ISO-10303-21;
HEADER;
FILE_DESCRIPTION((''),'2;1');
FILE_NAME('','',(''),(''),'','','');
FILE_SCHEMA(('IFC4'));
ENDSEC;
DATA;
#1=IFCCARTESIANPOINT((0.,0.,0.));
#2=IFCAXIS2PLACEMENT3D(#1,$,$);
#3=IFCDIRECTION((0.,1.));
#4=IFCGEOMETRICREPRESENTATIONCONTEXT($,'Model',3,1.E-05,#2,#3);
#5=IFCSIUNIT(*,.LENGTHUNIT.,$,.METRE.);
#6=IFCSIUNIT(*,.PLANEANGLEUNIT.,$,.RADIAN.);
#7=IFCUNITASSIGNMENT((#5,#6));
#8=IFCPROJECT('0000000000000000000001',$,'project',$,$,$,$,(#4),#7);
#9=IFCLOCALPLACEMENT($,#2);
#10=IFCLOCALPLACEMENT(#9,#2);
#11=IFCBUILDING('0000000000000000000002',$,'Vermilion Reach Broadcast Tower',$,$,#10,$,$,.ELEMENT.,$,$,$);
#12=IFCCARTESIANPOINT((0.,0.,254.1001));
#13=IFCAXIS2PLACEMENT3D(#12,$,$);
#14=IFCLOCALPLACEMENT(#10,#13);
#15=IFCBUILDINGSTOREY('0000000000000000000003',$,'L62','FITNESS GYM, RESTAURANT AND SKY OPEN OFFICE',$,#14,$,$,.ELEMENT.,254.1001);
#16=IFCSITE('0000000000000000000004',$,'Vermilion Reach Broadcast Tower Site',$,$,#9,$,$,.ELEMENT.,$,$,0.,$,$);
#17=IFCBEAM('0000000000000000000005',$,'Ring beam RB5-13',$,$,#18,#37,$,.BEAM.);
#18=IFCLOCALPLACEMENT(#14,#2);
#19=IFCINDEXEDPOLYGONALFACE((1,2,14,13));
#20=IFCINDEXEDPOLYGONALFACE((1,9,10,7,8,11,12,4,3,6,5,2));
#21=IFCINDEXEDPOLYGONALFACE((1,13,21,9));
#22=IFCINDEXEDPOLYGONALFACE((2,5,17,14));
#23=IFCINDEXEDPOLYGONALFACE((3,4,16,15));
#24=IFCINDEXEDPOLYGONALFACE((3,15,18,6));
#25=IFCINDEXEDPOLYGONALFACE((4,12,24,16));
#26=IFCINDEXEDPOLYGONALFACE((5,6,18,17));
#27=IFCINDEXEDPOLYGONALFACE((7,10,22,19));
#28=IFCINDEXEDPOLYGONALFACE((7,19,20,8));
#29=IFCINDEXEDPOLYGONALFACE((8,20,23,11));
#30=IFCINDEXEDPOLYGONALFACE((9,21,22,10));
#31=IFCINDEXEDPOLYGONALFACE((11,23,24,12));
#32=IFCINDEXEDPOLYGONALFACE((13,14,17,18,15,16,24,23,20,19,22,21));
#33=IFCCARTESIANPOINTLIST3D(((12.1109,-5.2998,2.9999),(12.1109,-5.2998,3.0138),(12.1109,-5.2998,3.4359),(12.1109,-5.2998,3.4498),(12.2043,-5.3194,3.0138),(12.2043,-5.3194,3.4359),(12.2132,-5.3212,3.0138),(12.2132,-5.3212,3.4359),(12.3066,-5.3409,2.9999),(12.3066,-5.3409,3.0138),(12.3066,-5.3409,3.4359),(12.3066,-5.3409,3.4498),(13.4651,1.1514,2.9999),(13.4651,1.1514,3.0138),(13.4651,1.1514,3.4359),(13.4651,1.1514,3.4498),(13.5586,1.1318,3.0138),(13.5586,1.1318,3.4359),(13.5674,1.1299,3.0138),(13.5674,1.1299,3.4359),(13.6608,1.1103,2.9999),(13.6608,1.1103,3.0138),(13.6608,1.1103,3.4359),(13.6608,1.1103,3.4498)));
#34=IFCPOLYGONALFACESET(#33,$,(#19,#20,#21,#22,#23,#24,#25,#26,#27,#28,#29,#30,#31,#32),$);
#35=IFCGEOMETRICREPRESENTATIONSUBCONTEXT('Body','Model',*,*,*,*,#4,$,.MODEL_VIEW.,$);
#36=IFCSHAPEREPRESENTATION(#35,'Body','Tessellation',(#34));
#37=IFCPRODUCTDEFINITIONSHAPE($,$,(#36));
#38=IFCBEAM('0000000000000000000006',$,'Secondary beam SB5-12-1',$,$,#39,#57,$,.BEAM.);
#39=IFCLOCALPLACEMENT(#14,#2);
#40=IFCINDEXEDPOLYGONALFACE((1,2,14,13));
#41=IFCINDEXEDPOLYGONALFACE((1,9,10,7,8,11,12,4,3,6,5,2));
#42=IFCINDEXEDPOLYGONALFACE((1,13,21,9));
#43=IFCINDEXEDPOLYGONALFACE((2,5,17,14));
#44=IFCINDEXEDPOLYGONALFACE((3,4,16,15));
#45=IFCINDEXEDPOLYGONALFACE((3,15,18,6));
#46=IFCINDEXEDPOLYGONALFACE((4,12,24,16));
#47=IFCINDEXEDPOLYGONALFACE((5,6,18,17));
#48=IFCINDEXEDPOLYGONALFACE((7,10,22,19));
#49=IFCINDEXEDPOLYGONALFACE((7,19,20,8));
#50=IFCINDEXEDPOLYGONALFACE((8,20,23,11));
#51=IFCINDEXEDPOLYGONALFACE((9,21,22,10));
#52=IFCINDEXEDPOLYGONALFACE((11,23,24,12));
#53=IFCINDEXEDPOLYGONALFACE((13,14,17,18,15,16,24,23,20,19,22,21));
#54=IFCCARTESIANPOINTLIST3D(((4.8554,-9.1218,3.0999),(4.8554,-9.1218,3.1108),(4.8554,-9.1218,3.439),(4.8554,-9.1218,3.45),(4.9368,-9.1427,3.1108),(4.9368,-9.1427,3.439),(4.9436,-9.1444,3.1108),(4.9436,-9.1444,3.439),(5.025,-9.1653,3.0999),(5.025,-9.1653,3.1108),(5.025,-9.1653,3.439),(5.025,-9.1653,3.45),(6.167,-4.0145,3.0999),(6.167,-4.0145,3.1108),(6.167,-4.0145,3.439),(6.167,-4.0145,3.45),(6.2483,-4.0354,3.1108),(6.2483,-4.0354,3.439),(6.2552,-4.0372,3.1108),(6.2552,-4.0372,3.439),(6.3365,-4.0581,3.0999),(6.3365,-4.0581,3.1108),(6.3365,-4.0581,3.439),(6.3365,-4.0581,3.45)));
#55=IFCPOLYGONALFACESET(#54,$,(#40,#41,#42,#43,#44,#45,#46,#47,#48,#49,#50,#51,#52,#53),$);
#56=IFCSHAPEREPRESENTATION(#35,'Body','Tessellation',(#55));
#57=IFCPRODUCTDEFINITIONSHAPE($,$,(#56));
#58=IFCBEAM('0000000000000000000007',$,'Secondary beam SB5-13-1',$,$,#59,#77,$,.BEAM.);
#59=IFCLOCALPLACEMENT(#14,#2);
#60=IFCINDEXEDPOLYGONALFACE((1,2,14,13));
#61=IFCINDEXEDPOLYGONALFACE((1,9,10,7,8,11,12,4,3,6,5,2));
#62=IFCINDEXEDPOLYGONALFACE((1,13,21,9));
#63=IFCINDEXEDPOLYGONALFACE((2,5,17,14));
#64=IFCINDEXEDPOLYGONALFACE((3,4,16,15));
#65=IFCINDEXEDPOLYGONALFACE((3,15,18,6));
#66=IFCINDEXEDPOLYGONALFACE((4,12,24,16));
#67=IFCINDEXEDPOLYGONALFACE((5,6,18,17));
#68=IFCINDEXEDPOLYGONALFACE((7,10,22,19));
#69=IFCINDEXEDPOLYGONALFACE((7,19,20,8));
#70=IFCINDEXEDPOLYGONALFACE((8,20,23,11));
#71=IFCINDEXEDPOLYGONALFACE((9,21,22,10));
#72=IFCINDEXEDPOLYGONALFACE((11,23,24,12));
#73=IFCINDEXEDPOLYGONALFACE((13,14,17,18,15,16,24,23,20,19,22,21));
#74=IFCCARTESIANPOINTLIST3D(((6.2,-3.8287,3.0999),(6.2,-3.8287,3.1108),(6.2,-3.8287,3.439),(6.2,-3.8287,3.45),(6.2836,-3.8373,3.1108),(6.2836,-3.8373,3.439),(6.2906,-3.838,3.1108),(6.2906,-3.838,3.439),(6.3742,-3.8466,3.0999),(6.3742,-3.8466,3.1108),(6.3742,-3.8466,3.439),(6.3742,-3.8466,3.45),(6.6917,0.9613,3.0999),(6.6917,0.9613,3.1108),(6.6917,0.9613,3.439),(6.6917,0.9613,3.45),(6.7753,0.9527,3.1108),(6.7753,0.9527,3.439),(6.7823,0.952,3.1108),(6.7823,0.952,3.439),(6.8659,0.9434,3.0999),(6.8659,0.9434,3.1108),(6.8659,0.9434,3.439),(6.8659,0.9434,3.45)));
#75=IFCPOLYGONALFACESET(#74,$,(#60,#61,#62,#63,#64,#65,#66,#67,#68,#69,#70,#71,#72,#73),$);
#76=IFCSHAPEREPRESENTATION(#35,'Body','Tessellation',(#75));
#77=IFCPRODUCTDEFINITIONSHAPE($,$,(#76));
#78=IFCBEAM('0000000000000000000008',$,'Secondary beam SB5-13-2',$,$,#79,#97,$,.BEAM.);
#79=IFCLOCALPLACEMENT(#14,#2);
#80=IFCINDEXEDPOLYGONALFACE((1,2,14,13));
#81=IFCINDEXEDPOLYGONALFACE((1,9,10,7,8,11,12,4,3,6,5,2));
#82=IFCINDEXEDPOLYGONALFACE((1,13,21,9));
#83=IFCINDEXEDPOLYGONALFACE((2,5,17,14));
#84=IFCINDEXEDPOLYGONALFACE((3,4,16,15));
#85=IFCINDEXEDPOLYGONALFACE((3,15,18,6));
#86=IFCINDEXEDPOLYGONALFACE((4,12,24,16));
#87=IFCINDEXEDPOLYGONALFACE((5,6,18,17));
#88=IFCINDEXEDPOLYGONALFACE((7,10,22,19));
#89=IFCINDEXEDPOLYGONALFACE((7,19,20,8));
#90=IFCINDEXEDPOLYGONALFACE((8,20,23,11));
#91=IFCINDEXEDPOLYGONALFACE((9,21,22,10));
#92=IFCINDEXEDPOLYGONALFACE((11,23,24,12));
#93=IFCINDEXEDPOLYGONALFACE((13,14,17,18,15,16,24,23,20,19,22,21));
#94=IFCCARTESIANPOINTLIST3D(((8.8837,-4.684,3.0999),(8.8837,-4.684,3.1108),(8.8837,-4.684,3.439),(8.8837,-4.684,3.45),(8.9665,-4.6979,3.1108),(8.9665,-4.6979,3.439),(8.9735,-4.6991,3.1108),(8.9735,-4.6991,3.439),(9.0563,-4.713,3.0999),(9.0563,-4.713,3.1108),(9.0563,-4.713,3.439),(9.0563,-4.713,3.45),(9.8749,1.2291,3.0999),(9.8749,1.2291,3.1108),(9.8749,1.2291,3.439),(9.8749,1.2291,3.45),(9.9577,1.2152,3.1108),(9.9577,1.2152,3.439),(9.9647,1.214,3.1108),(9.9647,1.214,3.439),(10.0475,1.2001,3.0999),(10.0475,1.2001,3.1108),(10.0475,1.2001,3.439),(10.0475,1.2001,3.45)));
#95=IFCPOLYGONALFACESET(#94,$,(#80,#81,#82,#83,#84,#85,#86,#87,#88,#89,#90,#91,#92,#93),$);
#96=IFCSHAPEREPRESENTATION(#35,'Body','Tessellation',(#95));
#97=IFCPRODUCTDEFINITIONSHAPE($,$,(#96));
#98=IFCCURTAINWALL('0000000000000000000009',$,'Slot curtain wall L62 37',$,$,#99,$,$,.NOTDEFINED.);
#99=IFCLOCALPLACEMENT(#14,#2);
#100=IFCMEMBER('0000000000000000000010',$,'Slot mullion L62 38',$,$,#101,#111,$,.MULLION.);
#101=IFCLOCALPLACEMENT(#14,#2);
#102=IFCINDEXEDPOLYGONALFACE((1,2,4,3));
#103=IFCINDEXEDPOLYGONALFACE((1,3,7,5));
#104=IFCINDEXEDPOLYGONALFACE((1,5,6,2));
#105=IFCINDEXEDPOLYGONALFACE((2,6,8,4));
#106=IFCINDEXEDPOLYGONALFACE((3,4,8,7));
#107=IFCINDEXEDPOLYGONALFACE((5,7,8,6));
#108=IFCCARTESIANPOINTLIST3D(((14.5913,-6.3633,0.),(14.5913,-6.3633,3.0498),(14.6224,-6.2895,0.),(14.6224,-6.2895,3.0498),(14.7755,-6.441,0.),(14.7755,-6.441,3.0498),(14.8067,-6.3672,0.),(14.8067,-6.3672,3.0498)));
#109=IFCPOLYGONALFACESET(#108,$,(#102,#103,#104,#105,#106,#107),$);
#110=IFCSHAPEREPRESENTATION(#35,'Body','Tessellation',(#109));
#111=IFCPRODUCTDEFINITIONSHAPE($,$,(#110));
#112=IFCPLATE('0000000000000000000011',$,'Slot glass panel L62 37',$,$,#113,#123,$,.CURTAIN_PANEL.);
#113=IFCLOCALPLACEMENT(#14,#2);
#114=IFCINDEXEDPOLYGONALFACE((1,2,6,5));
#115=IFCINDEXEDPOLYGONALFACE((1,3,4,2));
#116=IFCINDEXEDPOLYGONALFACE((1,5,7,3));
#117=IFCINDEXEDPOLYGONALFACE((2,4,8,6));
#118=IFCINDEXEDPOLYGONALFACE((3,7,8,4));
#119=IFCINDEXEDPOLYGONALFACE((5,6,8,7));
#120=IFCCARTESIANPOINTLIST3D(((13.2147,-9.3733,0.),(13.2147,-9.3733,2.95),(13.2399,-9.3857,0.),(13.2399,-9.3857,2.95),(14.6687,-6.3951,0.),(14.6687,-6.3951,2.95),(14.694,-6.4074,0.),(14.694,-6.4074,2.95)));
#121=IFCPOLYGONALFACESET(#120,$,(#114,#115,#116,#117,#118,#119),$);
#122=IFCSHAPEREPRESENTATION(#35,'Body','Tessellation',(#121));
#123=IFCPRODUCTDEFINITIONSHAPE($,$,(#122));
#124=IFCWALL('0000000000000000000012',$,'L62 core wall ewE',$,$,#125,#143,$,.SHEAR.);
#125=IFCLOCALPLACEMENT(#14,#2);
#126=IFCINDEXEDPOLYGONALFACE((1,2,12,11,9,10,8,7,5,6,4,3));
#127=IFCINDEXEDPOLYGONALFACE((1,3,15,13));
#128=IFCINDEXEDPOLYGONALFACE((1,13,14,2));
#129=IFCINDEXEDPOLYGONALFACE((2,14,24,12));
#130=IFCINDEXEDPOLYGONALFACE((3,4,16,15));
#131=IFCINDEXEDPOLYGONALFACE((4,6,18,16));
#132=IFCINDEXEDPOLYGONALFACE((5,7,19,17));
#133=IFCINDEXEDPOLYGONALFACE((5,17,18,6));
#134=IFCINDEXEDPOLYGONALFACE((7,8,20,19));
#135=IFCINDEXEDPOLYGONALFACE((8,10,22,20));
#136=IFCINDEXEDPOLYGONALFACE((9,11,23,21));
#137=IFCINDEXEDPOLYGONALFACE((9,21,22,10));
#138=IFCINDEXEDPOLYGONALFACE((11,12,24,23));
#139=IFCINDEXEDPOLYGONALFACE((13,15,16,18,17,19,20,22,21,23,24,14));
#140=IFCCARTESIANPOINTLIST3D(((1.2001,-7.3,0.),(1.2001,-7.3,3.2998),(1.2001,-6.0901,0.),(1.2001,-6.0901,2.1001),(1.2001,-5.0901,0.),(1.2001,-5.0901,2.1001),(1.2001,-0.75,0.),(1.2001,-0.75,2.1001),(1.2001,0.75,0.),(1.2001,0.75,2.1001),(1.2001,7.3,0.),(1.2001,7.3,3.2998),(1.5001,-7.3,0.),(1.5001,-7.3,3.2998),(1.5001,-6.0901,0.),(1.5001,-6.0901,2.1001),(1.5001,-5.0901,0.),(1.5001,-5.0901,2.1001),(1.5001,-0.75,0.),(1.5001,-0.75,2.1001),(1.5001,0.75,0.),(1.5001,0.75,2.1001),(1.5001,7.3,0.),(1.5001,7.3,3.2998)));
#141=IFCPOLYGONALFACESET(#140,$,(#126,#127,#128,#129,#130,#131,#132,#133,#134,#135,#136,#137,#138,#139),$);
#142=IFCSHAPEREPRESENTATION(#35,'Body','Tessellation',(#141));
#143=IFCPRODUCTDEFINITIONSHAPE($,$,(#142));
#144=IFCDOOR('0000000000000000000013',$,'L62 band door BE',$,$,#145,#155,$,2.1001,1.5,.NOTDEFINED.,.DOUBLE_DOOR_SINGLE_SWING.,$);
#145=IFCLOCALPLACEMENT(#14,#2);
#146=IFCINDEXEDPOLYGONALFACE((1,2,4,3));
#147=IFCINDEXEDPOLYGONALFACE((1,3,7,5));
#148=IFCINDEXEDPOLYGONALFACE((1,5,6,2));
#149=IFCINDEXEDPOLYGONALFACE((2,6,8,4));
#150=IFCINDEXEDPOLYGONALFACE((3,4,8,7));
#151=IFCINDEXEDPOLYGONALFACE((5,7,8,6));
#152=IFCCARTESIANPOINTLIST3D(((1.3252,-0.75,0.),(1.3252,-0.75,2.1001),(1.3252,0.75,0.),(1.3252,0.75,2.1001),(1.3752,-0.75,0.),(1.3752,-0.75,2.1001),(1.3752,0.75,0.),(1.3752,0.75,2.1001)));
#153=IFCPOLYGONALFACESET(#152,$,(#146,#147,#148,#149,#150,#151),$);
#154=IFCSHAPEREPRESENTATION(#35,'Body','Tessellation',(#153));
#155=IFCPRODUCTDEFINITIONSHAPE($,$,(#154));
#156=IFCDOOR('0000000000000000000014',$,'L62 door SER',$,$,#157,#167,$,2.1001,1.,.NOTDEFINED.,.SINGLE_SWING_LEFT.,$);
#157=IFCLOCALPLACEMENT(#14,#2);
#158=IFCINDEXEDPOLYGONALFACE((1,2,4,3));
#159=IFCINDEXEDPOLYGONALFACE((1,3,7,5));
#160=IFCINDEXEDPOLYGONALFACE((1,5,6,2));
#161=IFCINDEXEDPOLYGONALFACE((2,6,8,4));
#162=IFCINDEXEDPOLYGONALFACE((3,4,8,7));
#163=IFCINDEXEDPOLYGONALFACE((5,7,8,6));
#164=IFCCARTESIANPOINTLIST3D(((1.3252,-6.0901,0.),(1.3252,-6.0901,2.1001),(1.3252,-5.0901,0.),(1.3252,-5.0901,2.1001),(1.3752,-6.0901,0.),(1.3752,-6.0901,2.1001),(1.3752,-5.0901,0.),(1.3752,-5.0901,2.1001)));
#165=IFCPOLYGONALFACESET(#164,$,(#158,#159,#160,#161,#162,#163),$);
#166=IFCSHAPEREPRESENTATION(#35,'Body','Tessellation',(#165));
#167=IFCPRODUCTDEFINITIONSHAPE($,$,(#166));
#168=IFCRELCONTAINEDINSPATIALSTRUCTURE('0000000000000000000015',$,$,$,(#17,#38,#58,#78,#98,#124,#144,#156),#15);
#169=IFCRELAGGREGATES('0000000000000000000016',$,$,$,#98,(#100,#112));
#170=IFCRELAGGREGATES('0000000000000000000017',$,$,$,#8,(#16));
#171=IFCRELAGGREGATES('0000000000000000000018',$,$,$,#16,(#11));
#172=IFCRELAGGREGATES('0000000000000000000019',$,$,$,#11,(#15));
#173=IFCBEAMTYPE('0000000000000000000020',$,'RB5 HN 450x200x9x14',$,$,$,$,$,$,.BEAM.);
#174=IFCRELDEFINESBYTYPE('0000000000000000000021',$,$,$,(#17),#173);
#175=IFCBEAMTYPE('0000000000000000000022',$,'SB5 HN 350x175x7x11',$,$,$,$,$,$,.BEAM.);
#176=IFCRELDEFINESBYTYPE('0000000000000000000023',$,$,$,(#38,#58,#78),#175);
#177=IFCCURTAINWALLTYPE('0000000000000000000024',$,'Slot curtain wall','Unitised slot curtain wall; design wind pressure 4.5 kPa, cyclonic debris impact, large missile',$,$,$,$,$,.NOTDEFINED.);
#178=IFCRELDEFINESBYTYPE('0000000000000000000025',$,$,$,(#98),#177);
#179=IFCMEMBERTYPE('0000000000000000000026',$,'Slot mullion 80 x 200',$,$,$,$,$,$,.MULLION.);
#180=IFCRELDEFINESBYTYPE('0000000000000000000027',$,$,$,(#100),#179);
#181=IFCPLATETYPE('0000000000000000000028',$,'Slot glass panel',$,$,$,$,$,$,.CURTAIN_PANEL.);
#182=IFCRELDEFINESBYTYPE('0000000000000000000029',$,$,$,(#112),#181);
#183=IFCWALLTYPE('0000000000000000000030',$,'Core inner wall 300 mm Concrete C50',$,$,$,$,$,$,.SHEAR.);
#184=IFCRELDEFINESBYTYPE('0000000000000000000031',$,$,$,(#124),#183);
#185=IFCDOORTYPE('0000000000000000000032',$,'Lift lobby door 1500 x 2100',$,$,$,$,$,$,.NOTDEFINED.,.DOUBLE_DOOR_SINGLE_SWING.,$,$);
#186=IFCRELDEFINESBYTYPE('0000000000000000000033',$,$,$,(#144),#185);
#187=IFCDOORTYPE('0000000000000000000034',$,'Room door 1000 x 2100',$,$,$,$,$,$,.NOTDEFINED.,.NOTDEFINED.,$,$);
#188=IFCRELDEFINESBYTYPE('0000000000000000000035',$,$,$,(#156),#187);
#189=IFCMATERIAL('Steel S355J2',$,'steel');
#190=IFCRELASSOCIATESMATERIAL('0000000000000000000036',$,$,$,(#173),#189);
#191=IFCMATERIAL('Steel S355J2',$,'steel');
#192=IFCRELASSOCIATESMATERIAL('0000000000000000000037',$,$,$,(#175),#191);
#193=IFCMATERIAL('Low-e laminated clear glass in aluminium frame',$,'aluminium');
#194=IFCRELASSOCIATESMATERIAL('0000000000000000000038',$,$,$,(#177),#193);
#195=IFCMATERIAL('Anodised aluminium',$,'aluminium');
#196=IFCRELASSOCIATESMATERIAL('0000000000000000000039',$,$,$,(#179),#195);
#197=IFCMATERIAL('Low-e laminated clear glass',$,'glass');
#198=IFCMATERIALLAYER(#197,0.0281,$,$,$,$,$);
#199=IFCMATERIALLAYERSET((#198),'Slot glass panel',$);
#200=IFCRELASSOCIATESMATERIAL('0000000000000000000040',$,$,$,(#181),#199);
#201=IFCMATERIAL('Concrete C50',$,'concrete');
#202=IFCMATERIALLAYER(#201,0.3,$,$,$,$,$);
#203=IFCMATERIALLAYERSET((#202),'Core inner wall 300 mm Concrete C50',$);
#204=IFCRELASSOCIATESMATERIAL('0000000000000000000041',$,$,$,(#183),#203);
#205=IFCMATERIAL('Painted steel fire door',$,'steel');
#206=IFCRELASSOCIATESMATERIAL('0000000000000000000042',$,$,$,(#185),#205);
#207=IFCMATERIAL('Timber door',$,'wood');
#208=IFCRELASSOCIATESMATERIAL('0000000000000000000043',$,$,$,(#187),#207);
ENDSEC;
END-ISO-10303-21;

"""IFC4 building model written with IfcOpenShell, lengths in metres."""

from ifc_helpers import new_model, si_unit, direction, frame, frame_2d, origin, origin_2d, place, context, subcontext, project, spatial, rectangle, i_section, extrude, material, layer, layer_set, material_profile, profile_set, type_object, element, fill, aggregate, save


model = new_model("IFC4")

# Units and contexts
model_context = context("Model", 3, precision=1e-05, world=origin(), true_north=direction((0.0, 1.0)))
body_context = subcontext(model_context, "Body", "Model", "MODEL_VIEW")
ifc_project = project(units=[si_unit("LENGTHUNIT", "METRE"), si_unit("PLANEANGLEUNIT", "RADIAN")], contexts=[model_context])

# Site, building, storey
site_placement = place(None, origin())
site = spatial("IfcSite", under=ifc_project, at=site_placement, Name="Vermilion Reach Broadcast Tower Site", CompositionType="ELEMENT", RefElevation=0.0)
building_placement = place(site_placement, origin())
building = spatial("IfcBuilding", under=site, at=building_placement, Name="Vermilion Reach Broadcast Tower", CompositionType="ELEMENT")
storey_placement = place(building_placement, frame((0.0, 0.0, 254.1001)))
storey = spatial("IfcBuildingStorey", under=building, at=storey_placement, Name="L62", Description="FITNESS GYM, RESTAURANT AND SKY OPEN OFFICE", CompositionType="ELEMENT", Elevation=254.1001)

# Beams
ifc_material_1 = material(Name="Steel S355J2", Category="steel")
ifc_material_profile_1 = material_profile(ifc_material_1, i_section(OverallWidth=0.2, OverallDepth=0.45, WebThickness=0.009, FlangeThickness=0.0139, at=origin_2d()), Name="S355J2 HN 450x200x9x14")
ifc_profile_set_1 = profile_set([ifc_material_profile_1], Name="Steel S355J2")
beam_type_1 = type_object("IfcBeamType", Name="RB5 HN 450x200x9x14", PredefinedType="BEAM", material=ifc_profile_set_1)
beam_1_placement = place(storey_placement, frame((12.2087, -5.3203, 3.2249), z_axis=(0.205445, 0.978669, 0.0), x_axis=(-0.978669, 0.205445, 0.0)))
element("IfcBeam", 1, at=beam_1_placement, inside=storey, type_object=beam_type_1, Name="Ring beam RB5-13", PredefinedType="BEAM", context=body_context, shape_type="SweptSolid", body=[
    extrude(i_section(OverallWidth=0.2, OverallDepth=0.45, WebThickness=0.009, FlangeThickness=0.0139, at=origin_2d()), origin(), (0.0, 0.0, 1.0), 6.5918),
])
ifc_material_2 = material(Name="Steel S355J2", Category="steel")
ifc_material_profile_2 = material_profile(ifc_material_2, i_section(OverallWidth=0.175, OverallDepth=0.3501, WebThickness=0.0071, FlangeThickness=0.011, at=origin_2d()), Name="S355J2 HN 350x175x7x11")
ifc_profile_set_2 = profile_set([ifc_material_profile_2], Name="Steel S355J2")
beam_type_2 = type_object("IfcBeamType", Name="SB5 HN 350x175x7x11", PredefinedType="BEAM", material=ifc_profile_set_2)
beam_2_placement = place(storey_placement, frame((4.9402, -9.1436, 3.2749), z_axis=(0.24873, 0.968573, 0.0), x_axis=(-0.968573, 0.24873, 0.0)))
element("IfcBeam", 2, at=beam_2_placement, inside=storey, type_object=beam_type_2, Name="Secondary beam SB5-12-1", PredefinedType="BEAM", context=body_context, shape_type="SweptSolid", body=[
    extrude(i_section(OverallWidth=0.175, OverallDepth=0.3501, WebThickness=0.0071, FlangeThickness=0.011, at=origin_2d()), origin(), (0.0, 0.0, 1.0), 5.2729),
])
beam_3_placement = place(storey_placement, frame((6.2871, -3.8376, 3.2749), z_axis=(0.102114, 0.994773, 0.0), x_axis=(-0.994773, 0.102114, 0.0)))
element("IfcBeam", 3, at=beam_3_placement, inside=storey, type_object=beam_type_2, Name="Secondary beam SB5-13-1", PredefinedType="BEAM", context=body_context, shape_type="SweptSolid", body=[
    extrude(i_section(OverallWidth=0.175, OverallDepth=0.3501, WebThickness=0.0071, FlangeThickness=0.011, at=origin_2d()), origin(), (0.0, 0.0, 1.0), 4.8152),
])
beam_4_placement = place(storey_placement, frame((8.97, -4.6985, 3.2749), z_axis=(0.165323, 0.986239, 0.0), x_axis=(-0.986239, 0.165323, 0.0)))
element("IfcBeam", 4, at=beam_4_placement, inside=storey, type_object=beam_type_2, Name="Secondary beam SB5-13-2", PredefinedType="BEAM", context=body_context, shape_type="SweptSolid", body=[
    extrude(i_section(OverallWidth=0.175, OverallDepth=0.3501, WebThickness=0.0071, FlangeThickness=0.011, at=origin_2d()), origin(), (0.0, 0.0, 1.0), 5.9956),
])

# Curtain wall, member, plate
ifc_material_3 = material(Name="Low-e laminated clear glass in aluminium frame", Category="aluminium")
curtain_wall_type = type_object("IfcCurtainWallType", Name="Slot curtain wall", Description="Unitised slot curtain wall; design wind pressure 4.5 kPa, cyclonic debris impact, large missile", PredefinedType="NOTDEFINED", material=ifc_material_3)
curtain_wall_placement = place(storey_placement, origin())
curtain_wall = element("IfcCurtainWall", 5, at=curtain_wall_placement, inside=storey, type_object=curtain_wall_type, Name="Slot curtain wall L62 37", PredefinedType="NOTDEFINED")
ifc_material_4 = material(Name="Anodised aluminium", Category="aluminium")
ifc_material_profile_3 = material_profile(ifc_material_4, rectangle(XDim=0.2, YDim=0.0801, at=origin_2d()), Name="Slot mullion 80 x 200")
ifc_profile_set_3 = profile_set([ifc_material_profile_3], Name="Anodised aluminium")
member_type = type_object("IfcMemberType", Name="Slot mullion 80 x 200", PredefinedType="MULLION", material=ifc_profile_set_3)
member_placement = place(storey_placement, frame((14.699, -6.3652, 0.0), z_axis=(0.0, 0.0, 1.0), x_axis=(-0.921328, 0.388787, 0.0)))
member = element("IfcMember", 6, at=member_placement, type_object=member_type, Name="Slot mullion L62 38", PredefinedType="MULLION", context=body_context, shape_type="SweptSolid", body=[
    extrude(rectangle(XDim=0.2, YDim=0.0801, at=origin_2d()), origin(), (0.0, 0.0, 1.0), 3.0498),
])
ifc_material_5 = material(Name="Low-e laminated clear glass", Category="glass")
ifc_layer_1 = layer(ifc_material_5, 0.0281)
ifc_layer_set_1 = layer_set([ifc_layer_1], Name="Slot glass panel")
plate_type = type_object("IfcPlateType", Name="Slot glass panel", PredefinedType="CURTAIN_PANEL", material=ifc_layer_set_1)
plate_placement = place(storey_placement, frame((13.9543, -7.8904, 0.0), z_axis=(0.0, 0.0, 1.0), x_axis=(0.438723, 0.898622, 0.0)))
plate = element("IfcPlate", 7, at=plate_placement, type_object=plate_type, Name="Slot glass panel L62 37", PredefinedType="CURTAIN_PANEL", context=body_context, shape_type="SweptSolid", body=[
    extrude(rectangle(XDim=3.3142, YDim=0.0281, at=origin_2d()), origin(), (0.0, 0.0, 1.0), 2.95),
])
aggregate(curtain_wall, [member, plate])

# Wall, openings, doors
ifc_material_6 = material(Name="Concrete C50", Category="concrete")
ifc_layer_2 = layer(ifc_material_6, 0.3)
ifc_layer_set_2 = layer_set([ifc_layer_2], Name="Core inner wall 300 mm Concrete C50")
wall_type_1 = type_object("IfcWallType", Name="Core inner wall 300 mm Concrete C50", PredefinedType="SHEAR", material=ifc_layer_set_2)
wall_1_placement = place(storey_placement, frame((1.3501, -7.3, 0.0), z_axis=(0.0, 0.0, 1.0), x_axis=(0.0, 1.0, 0.0)))
wall_1 = element("IfcWall", 8, at=wall_1_placement, inside=storey, type_object=wall_type_1, Name="L62 core wall ewE", PredefinedType="SHEAR", context=body_context, shape_type="SweptSolid", body=[
    extrude(rectangle(XDim=14.6001, YDim=0.3, at=frame_2d((7.3, 0.0))), origin(), (0.0, 0.0, 1.0), 3.2998),
])
opening_1_placement = place(wall_1_placement, frame((1.21, 0.0, 0.0)))
opening_1 = element("IfcOpeningElement", 9, at=opening_1_placement, cuts=wall_1, PredefinedType="OPENING", context=body_context, shape_type="SweptSolid", body=[
    extrude(rectangle(XDim=1.0, YDim=2.1001, at=frame_2d((0.5, 1.05))), frame((0.0, 0.1599, 0.0), z_axis=(0.0, -1.0, 0.0), x_axis=(1.0, 0.0, 0.0)), (0.0, 0.0, 1.0), 0.3201),
])
opening_2_placement = place(wall_1_placement, frame((6.55, 0.0, 0.0)))
opening_2 = element("IfcOpeningElement", 10, at=opening_2_placement, cuts=wall_1, PredefinedType="OPENING", context=body_context, shape_type="SweptSolid", body=[
    extrude(rectangle(XDim=1.5, YDim=2.1001, at=frame_2d((0.75, 1.05))), frame((0.0, 0.1599, 0.0), z_axis=(0.0, -1.0, 0.0), x_axis=(1.0, 0.0, 0.0)), (0.0, 0.0, 1.0), 0.3201),
])
ifc_material_7 = material(Name="Painted steel fire door", Category="steel")
door_type_1 = type_object("IfcDoorType", Name="Lift lobby door 1500 x 2100", OperationType="DOUBLE_DOOR_SINGLE_SWING", PredefinedType="NOTDEFINED", material=ifc_material_7)
door_1_placement = place(opening_2_placement, origin())
door_1 = element("IfcDoor", 11, at=door_1_placement, inside=storey, type_object=door_type_1, Name="L62 band door BE", OperationType="DOUBLE_DOOR_SINGLE_SWING", OverallHeight=2.1001, OverallWidth=1.5, PredefinedType="NOTDEFINED", context=body_context, shape_type="SweptSolid", body=[
    extrude(rectangle(XDim=1.5, YDim=2.1001, at=frame_2d((0.75, 1.05))), frame((0.0, 0.0249, 0.0), z_axis=(0.0, -1.0, 0.0), x_axis=(1.0, 0.0, 0.0)), (0.0, 0.0, 1.0), 0.05),
])
fill(opening_2, door_1)
ifc_material_8 = material(Name="Timber door", Category="wood")
door_type_2 = type_object("IfcDoorType", Name="Room door 1000 x 2100", OperationType="NOTDEFINED", PredefinedType="NOTDEFINED", material=ifc_material_8)
door_2_placement = place(opening_1_placement, origin())
door_2 = element("IfcDoor", 12, at=door_2_placement, inside=storey, type_object=door_type_2, Name="L62 door SER", OperationType="SINGLE_SWING_LEFT", OverallHeight=2.1001, OverallWidth=1.0, PredefinedType="NOTDEFINED", context=body_context, shape_type="SweptSolid", body=[
    extrude(rectangle(XDim=1.0, YDim=2.1001, at=frame_2d((0.5, 1.05))), frame((0.0, 0.0249, 0.0), z_axis=(0.0, -1.0, 0.0), x_axis=(1.0, 0.0, 0.0)), (0.0, 0.0, 1.0), 0.05),
])
fill(opening_1, door_2)

save(model, "model.ifc")
